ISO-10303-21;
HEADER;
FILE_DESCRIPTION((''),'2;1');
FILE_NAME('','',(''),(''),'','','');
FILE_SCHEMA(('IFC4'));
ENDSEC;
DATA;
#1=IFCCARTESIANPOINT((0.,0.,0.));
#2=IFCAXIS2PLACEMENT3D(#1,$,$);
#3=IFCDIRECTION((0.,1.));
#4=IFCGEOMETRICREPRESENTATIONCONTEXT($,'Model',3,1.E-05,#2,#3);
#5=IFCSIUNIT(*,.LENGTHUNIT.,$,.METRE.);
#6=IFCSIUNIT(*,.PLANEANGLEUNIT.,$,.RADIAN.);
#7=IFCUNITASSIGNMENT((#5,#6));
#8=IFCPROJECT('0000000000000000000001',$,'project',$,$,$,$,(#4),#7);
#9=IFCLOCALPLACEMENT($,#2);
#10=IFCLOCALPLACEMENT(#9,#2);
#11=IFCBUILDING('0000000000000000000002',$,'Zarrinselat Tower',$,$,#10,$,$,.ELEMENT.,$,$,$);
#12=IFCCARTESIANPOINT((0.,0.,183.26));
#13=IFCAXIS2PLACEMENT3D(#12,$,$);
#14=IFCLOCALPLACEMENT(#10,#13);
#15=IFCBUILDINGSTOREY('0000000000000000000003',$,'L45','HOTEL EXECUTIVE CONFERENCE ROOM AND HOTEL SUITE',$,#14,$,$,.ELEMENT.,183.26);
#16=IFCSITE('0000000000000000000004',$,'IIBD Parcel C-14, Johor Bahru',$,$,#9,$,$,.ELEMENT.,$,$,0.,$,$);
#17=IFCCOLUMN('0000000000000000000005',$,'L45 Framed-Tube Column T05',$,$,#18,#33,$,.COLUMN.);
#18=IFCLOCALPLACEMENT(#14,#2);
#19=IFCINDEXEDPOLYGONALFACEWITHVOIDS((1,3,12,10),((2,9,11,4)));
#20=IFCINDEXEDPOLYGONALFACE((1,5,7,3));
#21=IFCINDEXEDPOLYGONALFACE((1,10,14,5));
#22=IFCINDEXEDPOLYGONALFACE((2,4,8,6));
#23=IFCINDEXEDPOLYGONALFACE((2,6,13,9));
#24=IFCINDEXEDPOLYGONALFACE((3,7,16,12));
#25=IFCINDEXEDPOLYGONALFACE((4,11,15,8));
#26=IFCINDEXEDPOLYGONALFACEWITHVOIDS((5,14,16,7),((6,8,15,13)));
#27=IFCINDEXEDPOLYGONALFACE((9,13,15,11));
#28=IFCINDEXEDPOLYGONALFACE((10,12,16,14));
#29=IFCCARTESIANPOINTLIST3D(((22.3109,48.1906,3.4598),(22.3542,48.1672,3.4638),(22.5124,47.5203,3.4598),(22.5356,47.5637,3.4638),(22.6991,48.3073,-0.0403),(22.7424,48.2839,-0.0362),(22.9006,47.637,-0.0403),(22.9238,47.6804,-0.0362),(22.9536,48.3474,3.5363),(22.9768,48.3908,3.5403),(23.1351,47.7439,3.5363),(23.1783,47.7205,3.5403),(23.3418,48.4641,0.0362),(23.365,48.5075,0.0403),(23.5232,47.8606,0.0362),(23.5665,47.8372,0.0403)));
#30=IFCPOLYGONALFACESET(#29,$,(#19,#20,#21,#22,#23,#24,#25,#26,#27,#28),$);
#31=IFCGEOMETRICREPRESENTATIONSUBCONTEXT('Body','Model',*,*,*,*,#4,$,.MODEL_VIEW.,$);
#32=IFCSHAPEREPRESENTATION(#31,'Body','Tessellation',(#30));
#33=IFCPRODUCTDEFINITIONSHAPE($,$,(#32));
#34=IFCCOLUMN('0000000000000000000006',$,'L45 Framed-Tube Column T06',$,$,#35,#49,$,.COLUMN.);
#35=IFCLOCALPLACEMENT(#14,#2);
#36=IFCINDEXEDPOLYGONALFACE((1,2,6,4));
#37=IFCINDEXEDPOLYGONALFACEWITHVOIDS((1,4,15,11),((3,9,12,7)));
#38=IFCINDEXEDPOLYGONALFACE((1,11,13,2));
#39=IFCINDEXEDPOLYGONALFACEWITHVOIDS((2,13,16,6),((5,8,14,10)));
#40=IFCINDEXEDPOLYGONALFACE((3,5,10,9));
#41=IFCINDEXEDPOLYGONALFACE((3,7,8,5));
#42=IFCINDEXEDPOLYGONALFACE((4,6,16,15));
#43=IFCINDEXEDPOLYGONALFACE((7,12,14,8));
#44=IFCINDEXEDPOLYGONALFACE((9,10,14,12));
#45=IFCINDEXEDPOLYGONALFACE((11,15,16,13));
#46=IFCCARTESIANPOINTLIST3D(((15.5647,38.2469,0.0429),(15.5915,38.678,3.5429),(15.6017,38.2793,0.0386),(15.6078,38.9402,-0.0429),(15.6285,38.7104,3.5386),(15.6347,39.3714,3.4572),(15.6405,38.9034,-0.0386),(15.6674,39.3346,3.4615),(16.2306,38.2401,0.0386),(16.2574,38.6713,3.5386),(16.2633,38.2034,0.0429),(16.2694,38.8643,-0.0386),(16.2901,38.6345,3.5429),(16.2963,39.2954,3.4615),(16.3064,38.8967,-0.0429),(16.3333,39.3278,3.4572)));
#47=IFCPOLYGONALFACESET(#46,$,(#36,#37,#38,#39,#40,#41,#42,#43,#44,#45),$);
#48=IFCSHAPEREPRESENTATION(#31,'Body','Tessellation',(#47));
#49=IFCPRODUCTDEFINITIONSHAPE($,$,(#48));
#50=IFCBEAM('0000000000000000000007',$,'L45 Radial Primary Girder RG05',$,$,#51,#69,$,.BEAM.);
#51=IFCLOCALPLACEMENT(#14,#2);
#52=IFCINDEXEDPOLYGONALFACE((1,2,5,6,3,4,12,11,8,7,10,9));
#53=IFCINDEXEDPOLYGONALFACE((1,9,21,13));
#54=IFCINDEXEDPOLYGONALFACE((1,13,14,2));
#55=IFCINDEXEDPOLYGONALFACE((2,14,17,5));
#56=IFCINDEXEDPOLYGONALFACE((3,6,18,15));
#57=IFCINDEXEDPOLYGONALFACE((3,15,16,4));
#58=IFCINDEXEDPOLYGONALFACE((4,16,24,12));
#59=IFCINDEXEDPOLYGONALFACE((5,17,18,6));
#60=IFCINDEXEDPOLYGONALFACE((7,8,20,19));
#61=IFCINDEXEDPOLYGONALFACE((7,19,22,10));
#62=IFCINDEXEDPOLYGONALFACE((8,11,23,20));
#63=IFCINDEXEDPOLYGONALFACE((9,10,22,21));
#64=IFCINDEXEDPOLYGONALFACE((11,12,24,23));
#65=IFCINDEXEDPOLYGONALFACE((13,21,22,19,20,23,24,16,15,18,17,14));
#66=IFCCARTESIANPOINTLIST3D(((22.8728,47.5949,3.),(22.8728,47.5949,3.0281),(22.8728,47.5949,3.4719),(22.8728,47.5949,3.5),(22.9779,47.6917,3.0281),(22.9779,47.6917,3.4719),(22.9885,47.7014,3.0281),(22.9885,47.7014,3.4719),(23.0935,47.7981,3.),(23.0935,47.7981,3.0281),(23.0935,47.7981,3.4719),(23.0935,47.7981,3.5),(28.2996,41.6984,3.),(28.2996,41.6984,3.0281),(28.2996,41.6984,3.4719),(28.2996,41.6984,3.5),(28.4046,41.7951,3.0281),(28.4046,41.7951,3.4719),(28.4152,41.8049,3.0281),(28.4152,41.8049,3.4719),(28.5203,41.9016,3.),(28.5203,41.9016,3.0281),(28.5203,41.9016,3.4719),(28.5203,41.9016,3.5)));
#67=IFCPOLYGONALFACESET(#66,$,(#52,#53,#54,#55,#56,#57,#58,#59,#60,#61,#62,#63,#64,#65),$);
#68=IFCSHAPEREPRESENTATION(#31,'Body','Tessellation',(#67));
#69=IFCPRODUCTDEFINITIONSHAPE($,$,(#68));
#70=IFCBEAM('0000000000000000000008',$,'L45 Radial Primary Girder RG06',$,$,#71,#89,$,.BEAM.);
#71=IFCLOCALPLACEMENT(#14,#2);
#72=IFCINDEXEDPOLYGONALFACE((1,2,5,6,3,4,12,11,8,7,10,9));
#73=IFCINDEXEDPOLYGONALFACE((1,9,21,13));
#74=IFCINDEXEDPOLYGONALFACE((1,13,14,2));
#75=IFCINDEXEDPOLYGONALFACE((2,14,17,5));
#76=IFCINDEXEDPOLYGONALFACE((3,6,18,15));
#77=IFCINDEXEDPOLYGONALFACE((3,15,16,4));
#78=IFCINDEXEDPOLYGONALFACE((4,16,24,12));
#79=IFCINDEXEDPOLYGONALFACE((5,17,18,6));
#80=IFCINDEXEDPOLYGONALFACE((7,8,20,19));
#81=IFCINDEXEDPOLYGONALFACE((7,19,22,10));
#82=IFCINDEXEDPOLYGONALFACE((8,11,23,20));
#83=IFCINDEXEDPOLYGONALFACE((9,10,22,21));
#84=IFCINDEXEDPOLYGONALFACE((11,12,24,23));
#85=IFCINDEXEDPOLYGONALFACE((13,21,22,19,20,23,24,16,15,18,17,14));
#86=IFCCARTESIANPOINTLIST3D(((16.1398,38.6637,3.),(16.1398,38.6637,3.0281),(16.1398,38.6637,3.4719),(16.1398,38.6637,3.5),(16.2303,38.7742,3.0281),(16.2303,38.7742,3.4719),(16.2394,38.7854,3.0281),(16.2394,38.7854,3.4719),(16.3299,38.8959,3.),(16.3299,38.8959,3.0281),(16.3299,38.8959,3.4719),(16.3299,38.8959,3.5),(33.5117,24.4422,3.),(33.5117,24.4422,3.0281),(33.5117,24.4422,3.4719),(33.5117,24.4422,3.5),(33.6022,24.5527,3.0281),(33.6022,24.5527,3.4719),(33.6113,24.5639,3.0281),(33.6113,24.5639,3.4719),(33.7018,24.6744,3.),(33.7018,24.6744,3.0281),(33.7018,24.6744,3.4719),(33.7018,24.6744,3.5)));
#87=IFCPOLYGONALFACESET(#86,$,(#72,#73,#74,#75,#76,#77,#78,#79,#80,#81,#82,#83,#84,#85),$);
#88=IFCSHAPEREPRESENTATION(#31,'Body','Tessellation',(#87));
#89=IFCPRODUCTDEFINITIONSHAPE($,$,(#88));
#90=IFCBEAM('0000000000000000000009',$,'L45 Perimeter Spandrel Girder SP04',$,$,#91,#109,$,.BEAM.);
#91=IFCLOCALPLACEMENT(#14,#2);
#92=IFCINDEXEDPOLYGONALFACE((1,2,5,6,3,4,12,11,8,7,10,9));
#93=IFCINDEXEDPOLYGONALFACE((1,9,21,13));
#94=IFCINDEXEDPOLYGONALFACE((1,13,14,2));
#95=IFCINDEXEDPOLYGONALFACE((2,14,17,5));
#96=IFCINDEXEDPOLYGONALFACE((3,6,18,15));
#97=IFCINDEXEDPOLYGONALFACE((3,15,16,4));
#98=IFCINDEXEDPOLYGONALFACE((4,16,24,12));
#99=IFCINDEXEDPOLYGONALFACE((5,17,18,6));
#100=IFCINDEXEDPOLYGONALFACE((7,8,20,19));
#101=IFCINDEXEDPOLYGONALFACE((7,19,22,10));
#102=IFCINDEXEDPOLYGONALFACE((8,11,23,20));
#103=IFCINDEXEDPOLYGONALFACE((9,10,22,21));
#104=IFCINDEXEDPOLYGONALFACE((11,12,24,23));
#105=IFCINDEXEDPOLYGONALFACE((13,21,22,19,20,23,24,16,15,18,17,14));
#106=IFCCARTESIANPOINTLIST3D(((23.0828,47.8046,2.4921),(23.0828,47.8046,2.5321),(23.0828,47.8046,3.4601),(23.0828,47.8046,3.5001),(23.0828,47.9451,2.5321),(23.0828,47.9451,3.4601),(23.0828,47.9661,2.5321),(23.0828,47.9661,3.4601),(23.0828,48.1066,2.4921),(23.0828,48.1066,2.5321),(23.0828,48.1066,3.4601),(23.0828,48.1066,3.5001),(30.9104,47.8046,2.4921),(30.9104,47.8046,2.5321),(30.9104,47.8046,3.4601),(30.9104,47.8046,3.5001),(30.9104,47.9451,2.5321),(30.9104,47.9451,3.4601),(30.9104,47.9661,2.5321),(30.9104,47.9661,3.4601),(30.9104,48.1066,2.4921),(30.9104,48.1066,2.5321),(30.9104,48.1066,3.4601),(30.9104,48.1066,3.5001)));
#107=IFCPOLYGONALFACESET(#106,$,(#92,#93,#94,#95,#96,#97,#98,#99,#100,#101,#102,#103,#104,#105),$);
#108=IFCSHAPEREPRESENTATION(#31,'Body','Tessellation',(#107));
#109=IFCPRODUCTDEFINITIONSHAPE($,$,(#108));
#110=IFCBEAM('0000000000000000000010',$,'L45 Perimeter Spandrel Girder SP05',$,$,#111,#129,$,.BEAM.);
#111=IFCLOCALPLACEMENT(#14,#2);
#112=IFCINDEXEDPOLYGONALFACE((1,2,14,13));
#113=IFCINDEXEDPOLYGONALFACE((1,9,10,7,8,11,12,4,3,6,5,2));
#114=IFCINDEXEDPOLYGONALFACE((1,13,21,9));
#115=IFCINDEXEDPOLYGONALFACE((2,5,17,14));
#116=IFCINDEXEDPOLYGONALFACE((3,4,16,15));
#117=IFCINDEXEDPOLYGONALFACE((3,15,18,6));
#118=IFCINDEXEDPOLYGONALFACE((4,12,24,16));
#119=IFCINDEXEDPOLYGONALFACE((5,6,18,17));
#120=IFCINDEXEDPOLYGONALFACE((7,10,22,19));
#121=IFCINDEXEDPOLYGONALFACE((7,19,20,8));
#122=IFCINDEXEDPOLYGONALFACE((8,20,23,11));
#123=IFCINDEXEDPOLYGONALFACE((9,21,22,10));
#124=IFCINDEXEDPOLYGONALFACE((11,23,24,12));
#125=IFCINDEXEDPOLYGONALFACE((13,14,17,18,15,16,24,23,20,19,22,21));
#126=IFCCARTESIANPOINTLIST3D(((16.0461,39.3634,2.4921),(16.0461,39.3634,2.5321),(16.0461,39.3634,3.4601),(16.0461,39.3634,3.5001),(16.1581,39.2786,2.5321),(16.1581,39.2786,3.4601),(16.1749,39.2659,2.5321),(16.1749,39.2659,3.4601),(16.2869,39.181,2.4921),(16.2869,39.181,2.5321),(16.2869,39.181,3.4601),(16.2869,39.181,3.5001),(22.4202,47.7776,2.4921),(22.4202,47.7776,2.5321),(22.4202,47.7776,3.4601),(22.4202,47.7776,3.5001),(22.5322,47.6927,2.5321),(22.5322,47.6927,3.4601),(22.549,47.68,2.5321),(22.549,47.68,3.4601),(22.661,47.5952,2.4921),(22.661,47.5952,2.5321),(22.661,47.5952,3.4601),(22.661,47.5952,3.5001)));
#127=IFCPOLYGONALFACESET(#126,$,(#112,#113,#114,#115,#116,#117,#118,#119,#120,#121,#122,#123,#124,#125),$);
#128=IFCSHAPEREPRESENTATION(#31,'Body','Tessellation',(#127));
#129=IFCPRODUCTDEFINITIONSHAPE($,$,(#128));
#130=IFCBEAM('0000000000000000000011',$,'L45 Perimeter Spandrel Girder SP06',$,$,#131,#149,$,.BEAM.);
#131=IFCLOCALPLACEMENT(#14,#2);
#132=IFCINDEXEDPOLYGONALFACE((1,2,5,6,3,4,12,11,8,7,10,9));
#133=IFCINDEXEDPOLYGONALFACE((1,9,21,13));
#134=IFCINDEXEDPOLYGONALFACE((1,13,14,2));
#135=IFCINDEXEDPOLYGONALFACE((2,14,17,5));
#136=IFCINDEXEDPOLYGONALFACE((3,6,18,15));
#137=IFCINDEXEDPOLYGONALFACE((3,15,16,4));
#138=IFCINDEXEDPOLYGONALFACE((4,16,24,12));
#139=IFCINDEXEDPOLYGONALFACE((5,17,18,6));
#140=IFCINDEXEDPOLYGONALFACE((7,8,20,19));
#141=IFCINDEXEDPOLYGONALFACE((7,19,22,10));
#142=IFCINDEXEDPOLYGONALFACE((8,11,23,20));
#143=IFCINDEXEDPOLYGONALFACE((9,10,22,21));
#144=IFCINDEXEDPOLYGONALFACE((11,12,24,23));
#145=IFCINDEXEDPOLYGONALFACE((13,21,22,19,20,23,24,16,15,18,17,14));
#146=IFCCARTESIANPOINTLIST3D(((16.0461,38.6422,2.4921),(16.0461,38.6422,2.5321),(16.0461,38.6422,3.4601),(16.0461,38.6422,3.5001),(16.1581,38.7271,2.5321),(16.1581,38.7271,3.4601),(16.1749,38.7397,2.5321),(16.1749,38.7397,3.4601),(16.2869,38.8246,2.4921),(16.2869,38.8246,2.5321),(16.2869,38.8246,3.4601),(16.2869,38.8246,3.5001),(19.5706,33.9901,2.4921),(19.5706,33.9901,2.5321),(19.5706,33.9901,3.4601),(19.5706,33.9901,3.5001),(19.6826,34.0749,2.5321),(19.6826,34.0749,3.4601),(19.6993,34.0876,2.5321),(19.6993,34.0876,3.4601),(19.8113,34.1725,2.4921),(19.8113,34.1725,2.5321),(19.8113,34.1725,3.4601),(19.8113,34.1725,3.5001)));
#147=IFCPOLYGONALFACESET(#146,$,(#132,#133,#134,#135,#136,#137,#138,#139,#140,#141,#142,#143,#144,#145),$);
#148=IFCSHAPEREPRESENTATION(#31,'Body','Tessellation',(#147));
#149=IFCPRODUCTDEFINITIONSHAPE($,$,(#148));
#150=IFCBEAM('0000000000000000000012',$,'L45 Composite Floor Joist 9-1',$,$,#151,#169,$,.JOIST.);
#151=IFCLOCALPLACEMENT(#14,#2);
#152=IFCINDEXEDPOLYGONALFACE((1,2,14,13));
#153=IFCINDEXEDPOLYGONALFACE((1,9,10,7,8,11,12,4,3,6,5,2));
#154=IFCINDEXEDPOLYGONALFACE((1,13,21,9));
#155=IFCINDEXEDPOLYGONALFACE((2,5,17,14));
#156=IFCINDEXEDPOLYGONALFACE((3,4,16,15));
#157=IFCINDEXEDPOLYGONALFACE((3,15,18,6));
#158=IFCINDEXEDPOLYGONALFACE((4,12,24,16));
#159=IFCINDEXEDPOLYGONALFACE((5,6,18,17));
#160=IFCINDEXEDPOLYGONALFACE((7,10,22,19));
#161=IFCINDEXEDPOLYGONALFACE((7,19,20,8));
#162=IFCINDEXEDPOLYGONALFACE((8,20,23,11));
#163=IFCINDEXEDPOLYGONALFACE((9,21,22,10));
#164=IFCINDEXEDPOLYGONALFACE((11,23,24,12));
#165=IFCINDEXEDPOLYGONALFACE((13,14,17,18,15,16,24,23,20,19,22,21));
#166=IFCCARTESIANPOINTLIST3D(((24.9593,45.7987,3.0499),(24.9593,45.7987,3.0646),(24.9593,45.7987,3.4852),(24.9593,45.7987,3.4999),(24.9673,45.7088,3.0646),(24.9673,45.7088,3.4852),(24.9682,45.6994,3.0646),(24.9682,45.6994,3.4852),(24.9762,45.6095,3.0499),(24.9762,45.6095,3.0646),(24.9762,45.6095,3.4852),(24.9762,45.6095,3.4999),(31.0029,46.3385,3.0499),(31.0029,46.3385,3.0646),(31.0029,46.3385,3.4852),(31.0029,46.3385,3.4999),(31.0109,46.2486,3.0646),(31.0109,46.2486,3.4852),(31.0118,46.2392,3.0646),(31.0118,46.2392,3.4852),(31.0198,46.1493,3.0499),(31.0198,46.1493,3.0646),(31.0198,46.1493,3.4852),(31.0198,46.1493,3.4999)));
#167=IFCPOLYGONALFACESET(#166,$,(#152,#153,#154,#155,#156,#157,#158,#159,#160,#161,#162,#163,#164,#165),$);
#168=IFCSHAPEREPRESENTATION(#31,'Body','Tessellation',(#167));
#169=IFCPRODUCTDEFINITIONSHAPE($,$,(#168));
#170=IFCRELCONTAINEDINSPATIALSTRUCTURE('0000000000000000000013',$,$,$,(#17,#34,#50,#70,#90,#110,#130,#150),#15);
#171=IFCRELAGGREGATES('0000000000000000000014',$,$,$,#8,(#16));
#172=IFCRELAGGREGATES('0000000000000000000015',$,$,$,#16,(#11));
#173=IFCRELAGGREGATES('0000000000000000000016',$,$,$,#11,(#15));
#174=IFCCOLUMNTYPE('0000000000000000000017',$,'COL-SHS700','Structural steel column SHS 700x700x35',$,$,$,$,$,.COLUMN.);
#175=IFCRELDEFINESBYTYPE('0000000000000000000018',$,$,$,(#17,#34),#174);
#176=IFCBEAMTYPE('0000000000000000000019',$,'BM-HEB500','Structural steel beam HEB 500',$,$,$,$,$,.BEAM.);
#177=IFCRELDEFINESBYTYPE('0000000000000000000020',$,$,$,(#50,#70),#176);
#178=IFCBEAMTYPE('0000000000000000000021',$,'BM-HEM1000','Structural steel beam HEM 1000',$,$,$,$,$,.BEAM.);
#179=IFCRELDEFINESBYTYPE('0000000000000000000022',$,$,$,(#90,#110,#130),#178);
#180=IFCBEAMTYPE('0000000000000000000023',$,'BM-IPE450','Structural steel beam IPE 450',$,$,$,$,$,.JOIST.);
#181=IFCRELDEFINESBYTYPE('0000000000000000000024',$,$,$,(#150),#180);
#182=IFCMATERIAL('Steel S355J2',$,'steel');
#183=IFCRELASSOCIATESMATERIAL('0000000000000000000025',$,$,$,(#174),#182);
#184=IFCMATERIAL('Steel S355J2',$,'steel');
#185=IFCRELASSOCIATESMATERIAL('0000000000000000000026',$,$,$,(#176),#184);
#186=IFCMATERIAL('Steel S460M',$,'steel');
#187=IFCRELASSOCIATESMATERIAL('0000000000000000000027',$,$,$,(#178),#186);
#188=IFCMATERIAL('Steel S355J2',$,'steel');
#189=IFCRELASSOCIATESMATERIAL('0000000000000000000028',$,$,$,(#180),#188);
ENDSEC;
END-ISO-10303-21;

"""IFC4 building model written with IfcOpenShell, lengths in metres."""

from ifc_helpers import new_model, si_unit, direction, frame, origin, origin_2d, place, context, subcontext, project, spatial, hollow_rectangle, i_section, extrude, material, material_profile, profile_set, type_object, element, save


model = new_model("IFC4")

# Units and contexts
model_context = context("Model", 3, precision=1e-05, world=origin(), true_north=direction((0.0, 1.0)))
body_context = subcontext(model_context, "Body", "Model", "MODEL_VIEW")
ifc_project = project(units=[si_unit("LENGTHUNIT", "METRE"), si_unit("PLANEANGLEUNIT", "RADIAN")], contexts=[model_context])

# Site, building, storey
site_placement = place(None, origin())
site = spatial("IfcSite", under=ifc_project, at=site_placement, Name="IIBD Parcel C-14, Johor Bahru", CompositionType="ELEMENT", RefElevation=0.0)
building_placement = place(site_placement, origin())
building = spatial("IfcBuilding", under=site, at=building_placement, Name="Zarrinselat Tower", CompositionType="ELEMENT")
storey_placement = place(building_placement, frame((0.0, 0.0, 183.26)))
storey = spatial("IfcBuildingStorey", under=building, at=storey_placement, Name="L45", Description="HOTEL EXECUTIVE CONFERENCE ROOM AND HOTEL SUITE", CompositionType="ELEMENT", Elevation=183.26)

# Columns
ifc_material_1 = material(Name="Steel S355J2", Category="steel")
ifc_material_profile_1 = material_profile(ifc_material_1, hollow_rectangle(XDim=0.7, YDim=0.7, WallThickness=0.0349, at=origin_2d()), Name="SHS 700x700x35")
ifc_profile_set_1 = profile_set([ifc_material_profile_1], Name="Steel S355J2")
column_type = type_object("IfcColumnType", Name="COL-SHS700", Description="Structural steel column SHS 700x700x35", PredefinedType="COLUMN", material=ifc_profile_set_1)
column_1_placement = place(storey_placement, frame((23.1328, 48.0723, 0.0), z_axis=(-0.110173, -0.033121, 0.99336), x_axis=(0.2879, -0.95766, 0.0)))
element("IfcColumn", 1, at=column_1_placement, inside=storey, type_object=column_type, Name="L45 Framed-Tube Column T05", PredefinedType="COLUMN", context=body_context, shape_type="SweptSolid", body=[
    extrude(hollow_rectangle(XDim=0.7, YDim=0.7, WallThickness=0.0349, at=origin_2d()), origin(), (0.0, 0.0, 1.0), 3.5234),
])
column_2_placement = place(storey_placement, frame((15.9355, 38.5718, 0.0), z_axis=(0.007615, 0.122259, 0.992469), x_axis=(-0.998066, 0.062167, 0.0)))
element("IfcColumn", 2, at=column_2_placement, inside=storey, type_object=column_type, Name="L45 Framed-Tube Column T06", PredefinedType="COLUMN", context=body_context, shape_type="SweptSolid", body=[
    extrude(hollow_rectangle(XDim=0.7, YDim=0.7, WallThickness=0.0349, at=origin_2d()), origin(), (0.0, 0.0, 1.0), 3.5266),
])

# Beams
ifc_material_2 = material(Name="Steel S355J2", Category="steel")
ifc_material_profile_2 = material_profile(ifc_material_2, i_section(OverallWidth=0.3, OverallDepth=0.5, WebThickness=0.0144, FlangeThickness=0.0281, at=origin_2d()), Name="HEB 500")
ifc_profile_set_2 = profile_set([ifc_material_profile_2], Name="Steel S355J2")
beam_type_1 = type_object("IfcBeamType", Name="BM-HEB500", Description="Structural steel beam HEB 500", PredefinedType="BEAM", material=ifc_profile_set_2)
beam_1_placement = place(storey_placement, frame((22.9832, 47.6965, 3.25), z_axis=(0.677191, -0.735807, 0.0), x_axis=(0.735807, 0.677191, 0.0)))
element("IfcBeam", 3, at=beam_1_placement, inside=storey, type_object=beam_type_1, Name="L45 Radial Primary Girder RG05", PredefinedType="BEAM", context=body_context, shape_type="SweptSolid", body=[
    extrude(i_section(OverallWidth=0.3, OverallDepth=0.5, WebThickness=0.0144, FlangeThickness=0.0281, at=origin_2d()), origin(), (0.0, 0.0, 1.0), 8.0137),
])
beam_2_placement = place(storey_placement, frame((16.2349, 38.7798, 3.25), z_axis=(0.77378, -0.633455, 0.0), x_axis=(0.633455, 0.77378, 0.0)))
element("IfcBeam", 4, at=beam_2_placement, inside=storey, type_object=beam_type_1, Name="L45 Radial Primary Girder RG06", PredefinedType="BEAM", context=body_context, shape_type="SweptSolid", body=[
    extrude(i_section(OverallWidth=0.3, OverallDepth=0.5, WebThickness=0.0144, FlangeThickness=0.0281, at=origin_2d()), origin(), (0.0, 0.0, 1.0), 22.4507),
])
ifc_material_3 = material(Name="Steel S460M", Category="steel")
ifc_material_profile_3 = material_profile(ifc_material_3, i_section(OverallWidth=0.302, OverallDepth=1.0081, WebThickness=0.021, FlangeThickness=0.04, at=origin_2d()), Name="HEM 1000")
ifc_profile_set_3 = profile_set([ifc_material_profile_3], Name="Steel S460M")
beam_type_2 = type_object("IfcBeamType", Name="BM-HEM1000", Description="Structural steel beam HEM 1000", PredefinedType="BEAM", material=ifc_profile_set_3)
beam_3_placement = place(storey_placement, frame((23.0828, 47.9556, 2.9961), z_axis=(1.0, 0.0, 0.0), x_axis=(0.0, 1.0, 0.0)))
element("IfcBeam", 5, at=beam_3_placement, inside=storey, type_object=beam_type_2, Name="L45 Perimeter Spandrel Girder SP04", PredefinedType="BEAM", context=body_context, shape_type="SweptSolid", body=[
    extrude(i_section(OverallWidth=0.302, OverallDepth=1.0081, WebThickness=0.021, FlangeThickness=0.04, at=origin_2d()), origin(), (0.0, 0.0, 1.0), 7.8276),
])
beam_4_placement = place(storey_placement, frame((16.1665, 39.2722, 2.9961), z_axis=(0.603842, 0.797104, 0.0), x_axis=(-0.797104, 0.603842, 0.0)))
element("IfcBeam", 6, at=beam_4_placement, inside=storey, type_object=beam_type_2, Name="L45 Perimeter Spandrel Girder SP05", PredefinedType="BEAM", context=body_context, shape_type="SweptSolid", body=[
    extrude(i_section(OverallWidth=0.302, OverallDepth=1.0081, WebThickness=0.021, FlangeThickness=0.04, at=origin_2d()), origin(), (0.0, 0.0, 1.0), 10.5559),
])
beam_5_placement = place(storey_placement, frame((16.1665, 38.7334, 2.9961), z_axis=(0.603868, -0.797084, 0.0), x_axis=(0.797084, 0.603868, 0.0)))
element("IfcBeam", 7, at=beam_5_placement, inside=storey, type_object=beam_type_2, Name="L45 Perimeter Spandrel Girder SP06", PredefinedType="BEAM", context=body_context, shape_type="SweptSolid", body=[
    extrude(i_section(OverallWidth=0.302, OverallDepth=1.0081, WebThickness=0.021, FlangeThickness=0.04, at=origin_2d()), origin(), (0.0, 0.0, 1.0), 5.8364),
])
ifc_material_4 = material(Name="Steel S355J2", Category="steel")
ifc_material_profile_4 = material_profile(ifc_material_4, i_section(OverallWidth=0.1899, OverallDepth=0.45, WebThickness=0.0095, FlangeThickness=0.0146, at=origin_2d()), Name="IPE 450")
ifc_profile_set_4 = profile_set([ifc_material_profile_4], Name="Steel S355J2")
beam_type_3 = type_object("IfcBeamType", Name="BM-IPE450", Description="Structural steel beam IPE 450", PredefinedType="JOIST", material=ifc_profile_set_4)
beam_6_placement = place(storey_placement, frame((24.9678, 45.7041, 3.2749), z_axis=(0.996035, 0.088965, 0.0), x_axis=(-0.088965, 0.996035, 0.0)))
element("IfcBeam", 8, at=beam_6_placement, inside=storey, type_object=beam_type_3, Name="L45 Composite Floor Joist 9-1", PredefinedType="JOIST", context=body_context, shape_type="SweptSolid", body=[
    extrude(i_section(OverallWidth=0.1899, OverallDepth=0.45, WebThickness=0.0095, FlangeThickness=0.0146, at=origin_2d()), origin(), (0.0, 0.0, 1.0), 6.0676),
])

save(model, "model.ifc")
